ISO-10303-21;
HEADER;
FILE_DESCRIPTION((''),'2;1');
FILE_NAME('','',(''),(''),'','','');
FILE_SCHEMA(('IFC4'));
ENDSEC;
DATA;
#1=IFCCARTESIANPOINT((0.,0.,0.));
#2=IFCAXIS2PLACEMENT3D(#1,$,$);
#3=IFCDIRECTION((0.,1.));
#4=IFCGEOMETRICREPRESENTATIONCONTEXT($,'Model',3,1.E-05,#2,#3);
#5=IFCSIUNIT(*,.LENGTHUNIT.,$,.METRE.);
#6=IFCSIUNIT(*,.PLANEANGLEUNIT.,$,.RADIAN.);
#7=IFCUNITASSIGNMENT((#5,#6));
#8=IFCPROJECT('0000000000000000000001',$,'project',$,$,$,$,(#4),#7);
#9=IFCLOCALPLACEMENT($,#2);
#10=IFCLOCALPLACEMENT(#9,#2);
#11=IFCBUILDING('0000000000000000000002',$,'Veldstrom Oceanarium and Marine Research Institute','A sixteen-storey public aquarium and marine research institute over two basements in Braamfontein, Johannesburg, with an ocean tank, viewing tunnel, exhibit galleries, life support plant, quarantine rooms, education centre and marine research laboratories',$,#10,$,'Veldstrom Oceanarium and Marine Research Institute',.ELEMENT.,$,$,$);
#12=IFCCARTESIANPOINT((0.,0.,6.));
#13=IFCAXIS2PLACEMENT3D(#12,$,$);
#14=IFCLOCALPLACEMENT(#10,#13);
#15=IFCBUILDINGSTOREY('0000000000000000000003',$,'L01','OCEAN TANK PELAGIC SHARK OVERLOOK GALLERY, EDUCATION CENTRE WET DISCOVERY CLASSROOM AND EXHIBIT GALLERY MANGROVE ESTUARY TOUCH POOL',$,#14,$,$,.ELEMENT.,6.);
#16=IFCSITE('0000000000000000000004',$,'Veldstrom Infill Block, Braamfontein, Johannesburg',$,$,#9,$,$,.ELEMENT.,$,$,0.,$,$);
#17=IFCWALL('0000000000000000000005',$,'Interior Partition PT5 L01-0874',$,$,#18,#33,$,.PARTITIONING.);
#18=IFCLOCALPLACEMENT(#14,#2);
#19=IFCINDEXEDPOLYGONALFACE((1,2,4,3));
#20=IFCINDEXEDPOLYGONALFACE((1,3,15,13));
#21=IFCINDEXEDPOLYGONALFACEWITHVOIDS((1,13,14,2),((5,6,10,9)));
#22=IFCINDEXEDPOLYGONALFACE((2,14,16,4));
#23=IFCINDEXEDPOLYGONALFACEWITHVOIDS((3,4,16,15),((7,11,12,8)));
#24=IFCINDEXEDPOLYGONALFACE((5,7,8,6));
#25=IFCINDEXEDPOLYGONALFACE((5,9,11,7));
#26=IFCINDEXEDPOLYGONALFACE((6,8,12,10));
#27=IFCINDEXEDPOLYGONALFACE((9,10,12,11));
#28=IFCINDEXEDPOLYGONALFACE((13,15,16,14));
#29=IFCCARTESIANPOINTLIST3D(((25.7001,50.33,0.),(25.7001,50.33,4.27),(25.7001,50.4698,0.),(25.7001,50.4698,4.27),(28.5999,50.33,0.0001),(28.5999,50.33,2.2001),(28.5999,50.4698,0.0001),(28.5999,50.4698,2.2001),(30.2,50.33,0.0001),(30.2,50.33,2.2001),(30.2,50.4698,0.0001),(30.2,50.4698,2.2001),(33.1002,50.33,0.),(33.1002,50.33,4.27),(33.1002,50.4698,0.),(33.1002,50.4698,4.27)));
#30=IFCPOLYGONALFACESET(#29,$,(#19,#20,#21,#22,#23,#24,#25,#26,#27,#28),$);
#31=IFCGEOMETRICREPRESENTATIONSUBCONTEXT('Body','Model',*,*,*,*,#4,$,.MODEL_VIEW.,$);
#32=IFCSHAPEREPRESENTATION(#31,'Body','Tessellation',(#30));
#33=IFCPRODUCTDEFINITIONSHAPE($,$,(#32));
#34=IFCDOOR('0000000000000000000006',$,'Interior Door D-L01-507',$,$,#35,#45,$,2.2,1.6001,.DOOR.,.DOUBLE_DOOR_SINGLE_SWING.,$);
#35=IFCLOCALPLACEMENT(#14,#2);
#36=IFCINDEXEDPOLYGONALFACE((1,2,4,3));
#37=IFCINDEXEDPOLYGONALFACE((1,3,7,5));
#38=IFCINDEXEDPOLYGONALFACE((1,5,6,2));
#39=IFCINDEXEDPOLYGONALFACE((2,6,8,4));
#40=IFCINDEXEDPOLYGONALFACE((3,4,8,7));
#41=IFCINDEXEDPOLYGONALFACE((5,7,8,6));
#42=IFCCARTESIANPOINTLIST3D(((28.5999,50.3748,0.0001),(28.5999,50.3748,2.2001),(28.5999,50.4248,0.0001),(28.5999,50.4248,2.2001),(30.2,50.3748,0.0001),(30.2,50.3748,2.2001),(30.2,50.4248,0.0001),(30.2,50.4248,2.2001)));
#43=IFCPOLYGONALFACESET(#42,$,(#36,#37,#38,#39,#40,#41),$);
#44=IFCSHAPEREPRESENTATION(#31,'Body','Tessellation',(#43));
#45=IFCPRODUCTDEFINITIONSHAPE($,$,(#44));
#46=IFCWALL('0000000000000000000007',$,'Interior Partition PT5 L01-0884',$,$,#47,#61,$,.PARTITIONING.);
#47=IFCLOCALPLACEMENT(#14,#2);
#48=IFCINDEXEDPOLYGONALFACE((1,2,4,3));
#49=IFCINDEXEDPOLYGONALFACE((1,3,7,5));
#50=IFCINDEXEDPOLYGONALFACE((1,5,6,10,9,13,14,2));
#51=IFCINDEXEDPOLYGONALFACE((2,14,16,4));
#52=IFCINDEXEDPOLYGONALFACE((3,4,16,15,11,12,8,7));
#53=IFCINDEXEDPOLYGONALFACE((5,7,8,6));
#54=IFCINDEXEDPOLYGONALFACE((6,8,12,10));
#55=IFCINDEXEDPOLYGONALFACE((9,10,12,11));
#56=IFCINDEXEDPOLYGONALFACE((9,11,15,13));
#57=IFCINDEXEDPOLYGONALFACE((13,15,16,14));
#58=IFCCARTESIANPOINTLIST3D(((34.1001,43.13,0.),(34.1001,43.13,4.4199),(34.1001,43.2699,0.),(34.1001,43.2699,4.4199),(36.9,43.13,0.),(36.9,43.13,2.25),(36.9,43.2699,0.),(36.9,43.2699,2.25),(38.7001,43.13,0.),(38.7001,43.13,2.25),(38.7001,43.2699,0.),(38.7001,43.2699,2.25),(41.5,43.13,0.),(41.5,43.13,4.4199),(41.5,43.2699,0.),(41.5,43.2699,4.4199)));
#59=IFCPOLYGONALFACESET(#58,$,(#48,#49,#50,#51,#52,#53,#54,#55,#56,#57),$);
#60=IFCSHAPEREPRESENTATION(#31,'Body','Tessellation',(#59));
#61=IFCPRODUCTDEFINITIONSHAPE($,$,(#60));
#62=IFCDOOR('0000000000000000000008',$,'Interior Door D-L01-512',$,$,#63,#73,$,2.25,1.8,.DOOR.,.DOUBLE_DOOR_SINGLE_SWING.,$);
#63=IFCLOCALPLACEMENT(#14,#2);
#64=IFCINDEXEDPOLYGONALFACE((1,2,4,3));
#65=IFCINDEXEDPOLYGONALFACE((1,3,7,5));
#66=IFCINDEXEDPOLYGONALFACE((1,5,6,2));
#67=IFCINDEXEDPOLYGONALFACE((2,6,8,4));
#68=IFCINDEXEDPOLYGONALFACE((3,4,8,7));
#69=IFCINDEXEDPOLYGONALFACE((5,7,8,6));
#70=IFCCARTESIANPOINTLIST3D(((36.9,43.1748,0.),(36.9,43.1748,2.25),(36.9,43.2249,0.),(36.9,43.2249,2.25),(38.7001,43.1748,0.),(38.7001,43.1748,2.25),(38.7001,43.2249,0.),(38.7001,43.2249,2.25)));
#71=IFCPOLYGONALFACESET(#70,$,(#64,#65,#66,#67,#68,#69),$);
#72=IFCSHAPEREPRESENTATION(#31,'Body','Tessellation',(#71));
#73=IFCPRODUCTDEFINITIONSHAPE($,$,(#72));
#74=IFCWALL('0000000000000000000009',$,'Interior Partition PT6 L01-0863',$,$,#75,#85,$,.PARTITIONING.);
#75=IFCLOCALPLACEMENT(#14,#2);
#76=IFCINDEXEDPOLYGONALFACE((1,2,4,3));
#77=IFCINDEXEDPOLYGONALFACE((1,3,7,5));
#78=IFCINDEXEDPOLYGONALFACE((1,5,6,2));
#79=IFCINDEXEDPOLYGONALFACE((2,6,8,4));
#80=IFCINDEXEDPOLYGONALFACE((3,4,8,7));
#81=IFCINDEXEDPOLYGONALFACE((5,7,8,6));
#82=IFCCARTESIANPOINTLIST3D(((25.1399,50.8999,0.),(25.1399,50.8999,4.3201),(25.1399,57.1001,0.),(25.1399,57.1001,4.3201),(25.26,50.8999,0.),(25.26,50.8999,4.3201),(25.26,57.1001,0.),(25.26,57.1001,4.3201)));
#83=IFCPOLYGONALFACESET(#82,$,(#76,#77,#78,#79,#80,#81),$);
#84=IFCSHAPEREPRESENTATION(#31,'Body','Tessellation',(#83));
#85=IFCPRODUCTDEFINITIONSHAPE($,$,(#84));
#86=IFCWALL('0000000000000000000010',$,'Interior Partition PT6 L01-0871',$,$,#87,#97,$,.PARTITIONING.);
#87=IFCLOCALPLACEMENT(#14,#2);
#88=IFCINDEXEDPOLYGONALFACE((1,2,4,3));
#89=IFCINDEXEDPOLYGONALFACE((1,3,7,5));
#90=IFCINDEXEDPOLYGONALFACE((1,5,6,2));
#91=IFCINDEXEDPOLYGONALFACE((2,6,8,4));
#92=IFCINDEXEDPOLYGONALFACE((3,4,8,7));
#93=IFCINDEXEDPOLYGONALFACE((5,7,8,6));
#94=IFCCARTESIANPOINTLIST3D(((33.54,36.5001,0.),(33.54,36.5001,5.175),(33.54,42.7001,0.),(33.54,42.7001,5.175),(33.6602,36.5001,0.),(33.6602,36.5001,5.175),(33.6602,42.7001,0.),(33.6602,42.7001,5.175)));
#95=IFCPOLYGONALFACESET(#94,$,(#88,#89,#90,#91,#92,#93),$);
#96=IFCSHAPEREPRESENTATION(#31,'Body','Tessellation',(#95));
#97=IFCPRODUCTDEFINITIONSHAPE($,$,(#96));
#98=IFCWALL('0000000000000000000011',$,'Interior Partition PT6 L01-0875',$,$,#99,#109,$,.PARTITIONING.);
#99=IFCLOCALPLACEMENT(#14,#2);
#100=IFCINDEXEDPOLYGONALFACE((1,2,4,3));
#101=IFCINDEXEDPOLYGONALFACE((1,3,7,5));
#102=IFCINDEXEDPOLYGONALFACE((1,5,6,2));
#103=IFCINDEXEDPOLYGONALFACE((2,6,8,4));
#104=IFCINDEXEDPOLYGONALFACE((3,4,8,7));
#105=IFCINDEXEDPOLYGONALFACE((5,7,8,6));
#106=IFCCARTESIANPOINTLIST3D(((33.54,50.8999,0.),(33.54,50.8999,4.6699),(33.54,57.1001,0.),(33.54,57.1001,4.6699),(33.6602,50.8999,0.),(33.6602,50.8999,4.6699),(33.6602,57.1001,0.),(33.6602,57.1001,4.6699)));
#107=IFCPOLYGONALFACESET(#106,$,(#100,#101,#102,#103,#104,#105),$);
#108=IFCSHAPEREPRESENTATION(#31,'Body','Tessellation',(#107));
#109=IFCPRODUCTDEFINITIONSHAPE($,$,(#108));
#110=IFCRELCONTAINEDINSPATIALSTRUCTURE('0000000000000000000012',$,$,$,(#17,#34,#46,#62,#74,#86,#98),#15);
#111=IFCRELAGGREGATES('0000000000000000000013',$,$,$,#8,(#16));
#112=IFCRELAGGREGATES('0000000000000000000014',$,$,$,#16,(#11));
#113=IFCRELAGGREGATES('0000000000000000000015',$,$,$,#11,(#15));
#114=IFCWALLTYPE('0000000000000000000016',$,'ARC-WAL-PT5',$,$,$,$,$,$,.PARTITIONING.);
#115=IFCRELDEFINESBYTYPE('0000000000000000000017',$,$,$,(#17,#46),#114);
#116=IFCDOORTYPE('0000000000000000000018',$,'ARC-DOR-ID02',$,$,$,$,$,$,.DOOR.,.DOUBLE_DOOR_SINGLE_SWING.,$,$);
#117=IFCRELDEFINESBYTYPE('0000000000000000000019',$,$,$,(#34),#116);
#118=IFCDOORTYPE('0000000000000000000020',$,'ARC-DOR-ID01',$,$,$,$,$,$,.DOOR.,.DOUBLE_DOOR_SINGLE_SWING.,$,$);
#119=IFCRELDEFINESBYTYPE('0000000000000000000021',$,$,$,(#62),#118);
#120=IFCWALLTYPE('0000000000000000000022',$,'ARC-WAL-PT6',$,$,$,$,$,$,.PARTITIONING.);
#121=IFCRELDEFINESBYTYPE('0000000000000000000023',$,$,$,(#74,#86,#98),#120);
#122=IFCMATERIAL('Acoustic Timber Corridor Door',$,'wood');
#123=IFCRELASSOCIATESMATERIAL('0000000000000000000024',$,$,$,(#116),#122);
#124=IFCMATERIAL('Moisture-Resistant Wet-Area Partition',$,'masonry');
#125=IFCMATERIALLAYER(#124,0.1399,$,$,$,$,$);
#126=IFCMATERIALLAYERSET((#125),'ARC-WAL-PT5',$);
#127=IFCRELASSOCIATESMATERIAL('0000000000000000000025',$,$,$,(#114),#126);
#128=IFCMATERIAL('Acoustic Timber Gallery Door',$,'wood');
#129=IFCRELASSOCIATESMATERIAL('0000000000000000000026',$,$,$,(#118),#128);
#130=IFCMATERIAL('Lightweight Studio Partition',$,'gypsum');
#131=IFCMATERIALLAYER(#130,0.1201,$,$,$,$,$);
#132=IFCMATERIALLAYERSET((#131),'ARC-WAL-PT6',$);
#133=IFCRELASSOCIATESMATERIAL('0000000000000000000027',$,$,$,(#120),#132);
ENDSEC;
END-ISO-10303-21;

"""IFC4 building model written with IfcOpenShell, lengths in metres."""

from ifc_helpers import new_model, si_unit, direction, frame, frame_2d, origin, place, context, subcontext, project, spatial, rectangle, extrude, material, layer, layer_set, type_object, element, fill, save


model = new_model("IFC4")

# Units and contexts
model_context = context("Model", 3, precision=1e-05, world=origin(), true_north=direction((0.0, 1.0)))
body_context = subcontext(model_context, "Body", "Model", "MODEL_VIEW")
ifc_project = project(units=[si_unit("LENGTHUNIT", "METRE"), si_unit("PLANEANGLEUNIT", "RADIAN")], contexts=[model_context])

# Site, building, storey
site_placement = place(None, origin())
site = spatial("IfcSite", under=ifc_project, at=site_placement, Name="Veldstrom Infill Block, Braamfontein, Johannesburg", CompositionType="ELEMENT", RefElevation=0.0)
building_placement = place(site_placement, origin())
building = spatial("IfcBuilding", under=site, at=building_placement, Name="Veldstrom Oceanarium and Marine Research Institute", Description="A sixteen-storey public aquarium and marine research institute over two basements in Braamfontein, Johannesburg, with an ocean tank, viewing tunnel, exhibit galleries, life support plant, quarantine rooms, education centre and marine research laboratories", LongName="Veldstrom Oceanarium and Marine Research Institute", CompositionType="ELEMENT")
storey_placement = place(building_placement, frame((0.0, 0.0, 6.0)))
storey = spatial("IfcBuildingStorey", under=building, at=storey_placement, Name="L01", Description="OCEAN TANK PELAGIC SHARK OVERLOOK GALLERY, EDUCATION CENTRE WET DISCOVERY CLASSROOM AND EXHIBIT GALLERY MANGROVE ESTUARY TOUCH POOL", CompositionType="ELEMENT", Elevation=6.0)

# Walls, openings, doors
ifc_material_1 = material(Name="Acoustic Timber Corridor Door", Category="wood")
door_type_1 = type_object("IfcDoorType", Name="ARC-DOR-ID02", OperationType="DOUBLE_DOOR_SINGLE_SWING", PredefinedType="DOOR", material=ifc_material_1)
ifc_material_2 = material(Name="Moisture-Resistant Wet-Area Partition", Category="masonry")
ifc_layer_1 = layer(ifc_material_2, 0.1399)
ifc_layer_set_1 = layer_set([ifc_layer_1], Name="ARC-WAL-PT5")
wall_type_1 = type_object("IfcWallType", Name="ARC-WAL-PT5", PredefinedType="PARTITIONING", material=ifc_layer_set_1)
ifc_material_3 = material(Name="Acoustic Timber Gallery Door", Category="wood")
door_type_2 = type_object("IfcDoorType", Name="ARC-DOR-ID01", OperationType="DOUBLE_DOOR_SINGLE_SWING", PredefinedType="DOOR", material=ifc_material_3)
wall_1_placement = place(storey_placement, frame((25.7, 50.3999, 0.0), z_axis=(0.0, 0.0, 1.0), x_axis=(1.0, 0.0, 0.0)))
wall_1 = element("IfcWall", 1, at=wall_1_placement, inside=storey, type_object=wall_type_1, Name="Interior Partition PT5 L01-0874", PredefinedType="PARTITIONING", context=body_context, shape_type="SweptSolid", body=[
    extrude(rectangle(XDim=7.4001, YDim=0.1399, at=frame_2d((3.7002, 0.0))), origin(), (0.0, 0.0, 1.0), 4.27),
])
opening_1_placement = place(wall_1_placement, frame((2.8999, 0.0, 0.0)))
opening_1 = element("IfcOpeningElement", 2, at=opening_1_placement, cuts=wall_1, PredefinedType="OPENING", context=body_context, shape_type="SweptSolid", body=[
    extrude(rectangle(XDim=1.6001, YDim=2.2, at=frame_2d((0.8, 1.1001))), frame((0.0, 0.0798, 0.0), z_axis=(0.0, -1.0, 0.0), x_axis=(1.0, 0.0, 0.0)), (0.0, 0.0, 1.0), 0.1599),
])
door_1_placement = place(opening_1_placement, origin())
door_1 = element("IfcDoor", 3, at=door_1_placement, inside=storey, type_object=door_type_1, Name="Interior Door D-L01-507", OperationType="DOUBLE_DOOR_SINGLE_SWING", OverallHeight=2.2, OverallWidth=1.6001, PredefinedType="DOOR", context=body_context, shape_type="SweptSolid", body=[
    extrude(rectangle(XDim=1.6001, YDim=2.2, at=frame_2d((0.8, 1.1001))), frame((0.0, 0.0249, 0.0), z_axis=(0.0, -1.0, 0.0), x_axis=(1.0, 0.0, 0.0)), (0.0, 0.0, 1.0), 0.05),
])
fill(opening_1, door_1)
wall_2_placement = place(storey_placement, frame((34.1001, 43.2, 0.0), z_axis=(0.0, 0.0, 1.0), x_axis=(1.0, 0.0, 0.0)))
wall_2 = element("IfcWall", 4, at=wall_2_placement, inside=storey, type_object=wall_type_1, Name="Interior Partition PT5 L01-0884", PredefinedType="PARTITIONING", context=body_context, shape_type="SweptSolid", body=[
    extrude(rectangle(XDim=7.3999, YDim=0.1399, at=frame_2d((3.7, 0.0))), origin(), (0.0, 0.0, 1.0), 4.4199),
])
opening_2_placement = place(wall_2_placement, frame((2.8, 0.0, 0.0)))
opening_2 = element("IfcOpeningElement", 5, at=opening_2_placement, cuts=wall_2, PredefinedType="OPENING", context=body_context, shape_type="SweptSolid", body=[
    extrude(rectangle(XDim=1.8, YDim=2.25, at=frame_2d((0.8999, 1.125))), frame((0.0, 0.0798, 0.0), z_axis=(0.0, -1.0, 0.0), x_axis=(1.0, 0.0, 0.0)), (0.0, 0.0, 1.0), 0.1599),
])
door_2_placement = place(opening_2_placement, origin())
door_2 = element("IfcDoor", 6, at=door_2_placement, inside=storey, type_object=door_type_2, Name="Interior Door D-L01-512", OperationType="DOUBLE_DOOR_SINGLE_SWING", OverallHeight=2.25, OverallWidth=1.8, PredefinedType="DOOR", context=body_context, shape_type="SweptSolid", body=[
    extrude(rectangle(XDim=1.8, YDim=2.25, at=frame_2d((0.8999, 1.125))), frame((0.0, 0.0249, 0.0), z_axis=(0.0, -1.0, 0.0), x_axis=(1.0, 0.0, 0.0)), (0.0, 0.0, 1.0), 0.05),
])
fill(opening_2, door_2)

# Walls
ifc_material_4 = material(Name="Lightweight Studio Partition", Category="gypsum")
ifc_layer_2 = layer(ifc_material_4, 0.1201)
ifc_layer_set_2 = layer_set([ifc_layer_2], Name="ARC-WAL-PT6")
wall_type_2 = type_object("IfcWallType", Name="ARC-WAL-PT6", PredefinedType="PARTITIONING", material=ifc_layer_set_2)
wall_3_placement = place(storey_placement, frame((25.2, 50.8999, 0.0), z_axis=(0.0, 0.0, 1.0), x_axis=(0.0, 1.0, 0.0)))
element("IfcWall", 7, at=wall_3_placement, inside=storey, type_object=wall_type_2, Name="Interior Partition PT6 L01-0863", PredefinedType="PARTITIONING", context=body_context, shape_type="SweptSolid", body=[
    extrude(rectangle(XDim=6.2002, YDim=0.1201, at=frame_2d((3.1001, 0.0))), origin(), (0.0, 0.0, 1.0), 4.3201),
])
wall_4_placement = place(storey_placement, frame((33.6001, 36.5, 0.0), z_axis=(0.0, 0.0, 1.0), x_axis=(0.0, 1.0, 0.0)))
element("IfcWall", 8, at=wall_4_placement, inside=storey, type_object=wall_type_2, Name="Interior Partition PT6 L01-0871", PredefinedType="PARTITIONING", context=body_context, shape_type="SweptSolid", body=[
    extrude(rectangle(XDim=6.2, YDim=0.1201, at=frame_2d((3.1001, 0.0))), origin(), (0.0, 0.0, 1.0), 5.175),
])
wall_5_placement = place(storey_placement, frame((33.6001, 50.8999, 0.0), z_axis=(0.0, 0.0, 1.0), x_axis=(0.0, 1.0, 0.0)))
element("IfcWall", 9, at=wall_5_placement, inside=storey, type_object=wall_type_2, Name="Interior Partition PT6 L01-0875", PredefinedType="PARTITIONING", context=body_context, shape_type="SweptSolid", body=[
    extrude(rectangle(XDim=6.2002, YDim=0.1201, at=frame_2d((3.1001, 0.0))), origin(), (0.0, 0.0, 1.0), 4.6699),
])

save(model, "model.ifc")
